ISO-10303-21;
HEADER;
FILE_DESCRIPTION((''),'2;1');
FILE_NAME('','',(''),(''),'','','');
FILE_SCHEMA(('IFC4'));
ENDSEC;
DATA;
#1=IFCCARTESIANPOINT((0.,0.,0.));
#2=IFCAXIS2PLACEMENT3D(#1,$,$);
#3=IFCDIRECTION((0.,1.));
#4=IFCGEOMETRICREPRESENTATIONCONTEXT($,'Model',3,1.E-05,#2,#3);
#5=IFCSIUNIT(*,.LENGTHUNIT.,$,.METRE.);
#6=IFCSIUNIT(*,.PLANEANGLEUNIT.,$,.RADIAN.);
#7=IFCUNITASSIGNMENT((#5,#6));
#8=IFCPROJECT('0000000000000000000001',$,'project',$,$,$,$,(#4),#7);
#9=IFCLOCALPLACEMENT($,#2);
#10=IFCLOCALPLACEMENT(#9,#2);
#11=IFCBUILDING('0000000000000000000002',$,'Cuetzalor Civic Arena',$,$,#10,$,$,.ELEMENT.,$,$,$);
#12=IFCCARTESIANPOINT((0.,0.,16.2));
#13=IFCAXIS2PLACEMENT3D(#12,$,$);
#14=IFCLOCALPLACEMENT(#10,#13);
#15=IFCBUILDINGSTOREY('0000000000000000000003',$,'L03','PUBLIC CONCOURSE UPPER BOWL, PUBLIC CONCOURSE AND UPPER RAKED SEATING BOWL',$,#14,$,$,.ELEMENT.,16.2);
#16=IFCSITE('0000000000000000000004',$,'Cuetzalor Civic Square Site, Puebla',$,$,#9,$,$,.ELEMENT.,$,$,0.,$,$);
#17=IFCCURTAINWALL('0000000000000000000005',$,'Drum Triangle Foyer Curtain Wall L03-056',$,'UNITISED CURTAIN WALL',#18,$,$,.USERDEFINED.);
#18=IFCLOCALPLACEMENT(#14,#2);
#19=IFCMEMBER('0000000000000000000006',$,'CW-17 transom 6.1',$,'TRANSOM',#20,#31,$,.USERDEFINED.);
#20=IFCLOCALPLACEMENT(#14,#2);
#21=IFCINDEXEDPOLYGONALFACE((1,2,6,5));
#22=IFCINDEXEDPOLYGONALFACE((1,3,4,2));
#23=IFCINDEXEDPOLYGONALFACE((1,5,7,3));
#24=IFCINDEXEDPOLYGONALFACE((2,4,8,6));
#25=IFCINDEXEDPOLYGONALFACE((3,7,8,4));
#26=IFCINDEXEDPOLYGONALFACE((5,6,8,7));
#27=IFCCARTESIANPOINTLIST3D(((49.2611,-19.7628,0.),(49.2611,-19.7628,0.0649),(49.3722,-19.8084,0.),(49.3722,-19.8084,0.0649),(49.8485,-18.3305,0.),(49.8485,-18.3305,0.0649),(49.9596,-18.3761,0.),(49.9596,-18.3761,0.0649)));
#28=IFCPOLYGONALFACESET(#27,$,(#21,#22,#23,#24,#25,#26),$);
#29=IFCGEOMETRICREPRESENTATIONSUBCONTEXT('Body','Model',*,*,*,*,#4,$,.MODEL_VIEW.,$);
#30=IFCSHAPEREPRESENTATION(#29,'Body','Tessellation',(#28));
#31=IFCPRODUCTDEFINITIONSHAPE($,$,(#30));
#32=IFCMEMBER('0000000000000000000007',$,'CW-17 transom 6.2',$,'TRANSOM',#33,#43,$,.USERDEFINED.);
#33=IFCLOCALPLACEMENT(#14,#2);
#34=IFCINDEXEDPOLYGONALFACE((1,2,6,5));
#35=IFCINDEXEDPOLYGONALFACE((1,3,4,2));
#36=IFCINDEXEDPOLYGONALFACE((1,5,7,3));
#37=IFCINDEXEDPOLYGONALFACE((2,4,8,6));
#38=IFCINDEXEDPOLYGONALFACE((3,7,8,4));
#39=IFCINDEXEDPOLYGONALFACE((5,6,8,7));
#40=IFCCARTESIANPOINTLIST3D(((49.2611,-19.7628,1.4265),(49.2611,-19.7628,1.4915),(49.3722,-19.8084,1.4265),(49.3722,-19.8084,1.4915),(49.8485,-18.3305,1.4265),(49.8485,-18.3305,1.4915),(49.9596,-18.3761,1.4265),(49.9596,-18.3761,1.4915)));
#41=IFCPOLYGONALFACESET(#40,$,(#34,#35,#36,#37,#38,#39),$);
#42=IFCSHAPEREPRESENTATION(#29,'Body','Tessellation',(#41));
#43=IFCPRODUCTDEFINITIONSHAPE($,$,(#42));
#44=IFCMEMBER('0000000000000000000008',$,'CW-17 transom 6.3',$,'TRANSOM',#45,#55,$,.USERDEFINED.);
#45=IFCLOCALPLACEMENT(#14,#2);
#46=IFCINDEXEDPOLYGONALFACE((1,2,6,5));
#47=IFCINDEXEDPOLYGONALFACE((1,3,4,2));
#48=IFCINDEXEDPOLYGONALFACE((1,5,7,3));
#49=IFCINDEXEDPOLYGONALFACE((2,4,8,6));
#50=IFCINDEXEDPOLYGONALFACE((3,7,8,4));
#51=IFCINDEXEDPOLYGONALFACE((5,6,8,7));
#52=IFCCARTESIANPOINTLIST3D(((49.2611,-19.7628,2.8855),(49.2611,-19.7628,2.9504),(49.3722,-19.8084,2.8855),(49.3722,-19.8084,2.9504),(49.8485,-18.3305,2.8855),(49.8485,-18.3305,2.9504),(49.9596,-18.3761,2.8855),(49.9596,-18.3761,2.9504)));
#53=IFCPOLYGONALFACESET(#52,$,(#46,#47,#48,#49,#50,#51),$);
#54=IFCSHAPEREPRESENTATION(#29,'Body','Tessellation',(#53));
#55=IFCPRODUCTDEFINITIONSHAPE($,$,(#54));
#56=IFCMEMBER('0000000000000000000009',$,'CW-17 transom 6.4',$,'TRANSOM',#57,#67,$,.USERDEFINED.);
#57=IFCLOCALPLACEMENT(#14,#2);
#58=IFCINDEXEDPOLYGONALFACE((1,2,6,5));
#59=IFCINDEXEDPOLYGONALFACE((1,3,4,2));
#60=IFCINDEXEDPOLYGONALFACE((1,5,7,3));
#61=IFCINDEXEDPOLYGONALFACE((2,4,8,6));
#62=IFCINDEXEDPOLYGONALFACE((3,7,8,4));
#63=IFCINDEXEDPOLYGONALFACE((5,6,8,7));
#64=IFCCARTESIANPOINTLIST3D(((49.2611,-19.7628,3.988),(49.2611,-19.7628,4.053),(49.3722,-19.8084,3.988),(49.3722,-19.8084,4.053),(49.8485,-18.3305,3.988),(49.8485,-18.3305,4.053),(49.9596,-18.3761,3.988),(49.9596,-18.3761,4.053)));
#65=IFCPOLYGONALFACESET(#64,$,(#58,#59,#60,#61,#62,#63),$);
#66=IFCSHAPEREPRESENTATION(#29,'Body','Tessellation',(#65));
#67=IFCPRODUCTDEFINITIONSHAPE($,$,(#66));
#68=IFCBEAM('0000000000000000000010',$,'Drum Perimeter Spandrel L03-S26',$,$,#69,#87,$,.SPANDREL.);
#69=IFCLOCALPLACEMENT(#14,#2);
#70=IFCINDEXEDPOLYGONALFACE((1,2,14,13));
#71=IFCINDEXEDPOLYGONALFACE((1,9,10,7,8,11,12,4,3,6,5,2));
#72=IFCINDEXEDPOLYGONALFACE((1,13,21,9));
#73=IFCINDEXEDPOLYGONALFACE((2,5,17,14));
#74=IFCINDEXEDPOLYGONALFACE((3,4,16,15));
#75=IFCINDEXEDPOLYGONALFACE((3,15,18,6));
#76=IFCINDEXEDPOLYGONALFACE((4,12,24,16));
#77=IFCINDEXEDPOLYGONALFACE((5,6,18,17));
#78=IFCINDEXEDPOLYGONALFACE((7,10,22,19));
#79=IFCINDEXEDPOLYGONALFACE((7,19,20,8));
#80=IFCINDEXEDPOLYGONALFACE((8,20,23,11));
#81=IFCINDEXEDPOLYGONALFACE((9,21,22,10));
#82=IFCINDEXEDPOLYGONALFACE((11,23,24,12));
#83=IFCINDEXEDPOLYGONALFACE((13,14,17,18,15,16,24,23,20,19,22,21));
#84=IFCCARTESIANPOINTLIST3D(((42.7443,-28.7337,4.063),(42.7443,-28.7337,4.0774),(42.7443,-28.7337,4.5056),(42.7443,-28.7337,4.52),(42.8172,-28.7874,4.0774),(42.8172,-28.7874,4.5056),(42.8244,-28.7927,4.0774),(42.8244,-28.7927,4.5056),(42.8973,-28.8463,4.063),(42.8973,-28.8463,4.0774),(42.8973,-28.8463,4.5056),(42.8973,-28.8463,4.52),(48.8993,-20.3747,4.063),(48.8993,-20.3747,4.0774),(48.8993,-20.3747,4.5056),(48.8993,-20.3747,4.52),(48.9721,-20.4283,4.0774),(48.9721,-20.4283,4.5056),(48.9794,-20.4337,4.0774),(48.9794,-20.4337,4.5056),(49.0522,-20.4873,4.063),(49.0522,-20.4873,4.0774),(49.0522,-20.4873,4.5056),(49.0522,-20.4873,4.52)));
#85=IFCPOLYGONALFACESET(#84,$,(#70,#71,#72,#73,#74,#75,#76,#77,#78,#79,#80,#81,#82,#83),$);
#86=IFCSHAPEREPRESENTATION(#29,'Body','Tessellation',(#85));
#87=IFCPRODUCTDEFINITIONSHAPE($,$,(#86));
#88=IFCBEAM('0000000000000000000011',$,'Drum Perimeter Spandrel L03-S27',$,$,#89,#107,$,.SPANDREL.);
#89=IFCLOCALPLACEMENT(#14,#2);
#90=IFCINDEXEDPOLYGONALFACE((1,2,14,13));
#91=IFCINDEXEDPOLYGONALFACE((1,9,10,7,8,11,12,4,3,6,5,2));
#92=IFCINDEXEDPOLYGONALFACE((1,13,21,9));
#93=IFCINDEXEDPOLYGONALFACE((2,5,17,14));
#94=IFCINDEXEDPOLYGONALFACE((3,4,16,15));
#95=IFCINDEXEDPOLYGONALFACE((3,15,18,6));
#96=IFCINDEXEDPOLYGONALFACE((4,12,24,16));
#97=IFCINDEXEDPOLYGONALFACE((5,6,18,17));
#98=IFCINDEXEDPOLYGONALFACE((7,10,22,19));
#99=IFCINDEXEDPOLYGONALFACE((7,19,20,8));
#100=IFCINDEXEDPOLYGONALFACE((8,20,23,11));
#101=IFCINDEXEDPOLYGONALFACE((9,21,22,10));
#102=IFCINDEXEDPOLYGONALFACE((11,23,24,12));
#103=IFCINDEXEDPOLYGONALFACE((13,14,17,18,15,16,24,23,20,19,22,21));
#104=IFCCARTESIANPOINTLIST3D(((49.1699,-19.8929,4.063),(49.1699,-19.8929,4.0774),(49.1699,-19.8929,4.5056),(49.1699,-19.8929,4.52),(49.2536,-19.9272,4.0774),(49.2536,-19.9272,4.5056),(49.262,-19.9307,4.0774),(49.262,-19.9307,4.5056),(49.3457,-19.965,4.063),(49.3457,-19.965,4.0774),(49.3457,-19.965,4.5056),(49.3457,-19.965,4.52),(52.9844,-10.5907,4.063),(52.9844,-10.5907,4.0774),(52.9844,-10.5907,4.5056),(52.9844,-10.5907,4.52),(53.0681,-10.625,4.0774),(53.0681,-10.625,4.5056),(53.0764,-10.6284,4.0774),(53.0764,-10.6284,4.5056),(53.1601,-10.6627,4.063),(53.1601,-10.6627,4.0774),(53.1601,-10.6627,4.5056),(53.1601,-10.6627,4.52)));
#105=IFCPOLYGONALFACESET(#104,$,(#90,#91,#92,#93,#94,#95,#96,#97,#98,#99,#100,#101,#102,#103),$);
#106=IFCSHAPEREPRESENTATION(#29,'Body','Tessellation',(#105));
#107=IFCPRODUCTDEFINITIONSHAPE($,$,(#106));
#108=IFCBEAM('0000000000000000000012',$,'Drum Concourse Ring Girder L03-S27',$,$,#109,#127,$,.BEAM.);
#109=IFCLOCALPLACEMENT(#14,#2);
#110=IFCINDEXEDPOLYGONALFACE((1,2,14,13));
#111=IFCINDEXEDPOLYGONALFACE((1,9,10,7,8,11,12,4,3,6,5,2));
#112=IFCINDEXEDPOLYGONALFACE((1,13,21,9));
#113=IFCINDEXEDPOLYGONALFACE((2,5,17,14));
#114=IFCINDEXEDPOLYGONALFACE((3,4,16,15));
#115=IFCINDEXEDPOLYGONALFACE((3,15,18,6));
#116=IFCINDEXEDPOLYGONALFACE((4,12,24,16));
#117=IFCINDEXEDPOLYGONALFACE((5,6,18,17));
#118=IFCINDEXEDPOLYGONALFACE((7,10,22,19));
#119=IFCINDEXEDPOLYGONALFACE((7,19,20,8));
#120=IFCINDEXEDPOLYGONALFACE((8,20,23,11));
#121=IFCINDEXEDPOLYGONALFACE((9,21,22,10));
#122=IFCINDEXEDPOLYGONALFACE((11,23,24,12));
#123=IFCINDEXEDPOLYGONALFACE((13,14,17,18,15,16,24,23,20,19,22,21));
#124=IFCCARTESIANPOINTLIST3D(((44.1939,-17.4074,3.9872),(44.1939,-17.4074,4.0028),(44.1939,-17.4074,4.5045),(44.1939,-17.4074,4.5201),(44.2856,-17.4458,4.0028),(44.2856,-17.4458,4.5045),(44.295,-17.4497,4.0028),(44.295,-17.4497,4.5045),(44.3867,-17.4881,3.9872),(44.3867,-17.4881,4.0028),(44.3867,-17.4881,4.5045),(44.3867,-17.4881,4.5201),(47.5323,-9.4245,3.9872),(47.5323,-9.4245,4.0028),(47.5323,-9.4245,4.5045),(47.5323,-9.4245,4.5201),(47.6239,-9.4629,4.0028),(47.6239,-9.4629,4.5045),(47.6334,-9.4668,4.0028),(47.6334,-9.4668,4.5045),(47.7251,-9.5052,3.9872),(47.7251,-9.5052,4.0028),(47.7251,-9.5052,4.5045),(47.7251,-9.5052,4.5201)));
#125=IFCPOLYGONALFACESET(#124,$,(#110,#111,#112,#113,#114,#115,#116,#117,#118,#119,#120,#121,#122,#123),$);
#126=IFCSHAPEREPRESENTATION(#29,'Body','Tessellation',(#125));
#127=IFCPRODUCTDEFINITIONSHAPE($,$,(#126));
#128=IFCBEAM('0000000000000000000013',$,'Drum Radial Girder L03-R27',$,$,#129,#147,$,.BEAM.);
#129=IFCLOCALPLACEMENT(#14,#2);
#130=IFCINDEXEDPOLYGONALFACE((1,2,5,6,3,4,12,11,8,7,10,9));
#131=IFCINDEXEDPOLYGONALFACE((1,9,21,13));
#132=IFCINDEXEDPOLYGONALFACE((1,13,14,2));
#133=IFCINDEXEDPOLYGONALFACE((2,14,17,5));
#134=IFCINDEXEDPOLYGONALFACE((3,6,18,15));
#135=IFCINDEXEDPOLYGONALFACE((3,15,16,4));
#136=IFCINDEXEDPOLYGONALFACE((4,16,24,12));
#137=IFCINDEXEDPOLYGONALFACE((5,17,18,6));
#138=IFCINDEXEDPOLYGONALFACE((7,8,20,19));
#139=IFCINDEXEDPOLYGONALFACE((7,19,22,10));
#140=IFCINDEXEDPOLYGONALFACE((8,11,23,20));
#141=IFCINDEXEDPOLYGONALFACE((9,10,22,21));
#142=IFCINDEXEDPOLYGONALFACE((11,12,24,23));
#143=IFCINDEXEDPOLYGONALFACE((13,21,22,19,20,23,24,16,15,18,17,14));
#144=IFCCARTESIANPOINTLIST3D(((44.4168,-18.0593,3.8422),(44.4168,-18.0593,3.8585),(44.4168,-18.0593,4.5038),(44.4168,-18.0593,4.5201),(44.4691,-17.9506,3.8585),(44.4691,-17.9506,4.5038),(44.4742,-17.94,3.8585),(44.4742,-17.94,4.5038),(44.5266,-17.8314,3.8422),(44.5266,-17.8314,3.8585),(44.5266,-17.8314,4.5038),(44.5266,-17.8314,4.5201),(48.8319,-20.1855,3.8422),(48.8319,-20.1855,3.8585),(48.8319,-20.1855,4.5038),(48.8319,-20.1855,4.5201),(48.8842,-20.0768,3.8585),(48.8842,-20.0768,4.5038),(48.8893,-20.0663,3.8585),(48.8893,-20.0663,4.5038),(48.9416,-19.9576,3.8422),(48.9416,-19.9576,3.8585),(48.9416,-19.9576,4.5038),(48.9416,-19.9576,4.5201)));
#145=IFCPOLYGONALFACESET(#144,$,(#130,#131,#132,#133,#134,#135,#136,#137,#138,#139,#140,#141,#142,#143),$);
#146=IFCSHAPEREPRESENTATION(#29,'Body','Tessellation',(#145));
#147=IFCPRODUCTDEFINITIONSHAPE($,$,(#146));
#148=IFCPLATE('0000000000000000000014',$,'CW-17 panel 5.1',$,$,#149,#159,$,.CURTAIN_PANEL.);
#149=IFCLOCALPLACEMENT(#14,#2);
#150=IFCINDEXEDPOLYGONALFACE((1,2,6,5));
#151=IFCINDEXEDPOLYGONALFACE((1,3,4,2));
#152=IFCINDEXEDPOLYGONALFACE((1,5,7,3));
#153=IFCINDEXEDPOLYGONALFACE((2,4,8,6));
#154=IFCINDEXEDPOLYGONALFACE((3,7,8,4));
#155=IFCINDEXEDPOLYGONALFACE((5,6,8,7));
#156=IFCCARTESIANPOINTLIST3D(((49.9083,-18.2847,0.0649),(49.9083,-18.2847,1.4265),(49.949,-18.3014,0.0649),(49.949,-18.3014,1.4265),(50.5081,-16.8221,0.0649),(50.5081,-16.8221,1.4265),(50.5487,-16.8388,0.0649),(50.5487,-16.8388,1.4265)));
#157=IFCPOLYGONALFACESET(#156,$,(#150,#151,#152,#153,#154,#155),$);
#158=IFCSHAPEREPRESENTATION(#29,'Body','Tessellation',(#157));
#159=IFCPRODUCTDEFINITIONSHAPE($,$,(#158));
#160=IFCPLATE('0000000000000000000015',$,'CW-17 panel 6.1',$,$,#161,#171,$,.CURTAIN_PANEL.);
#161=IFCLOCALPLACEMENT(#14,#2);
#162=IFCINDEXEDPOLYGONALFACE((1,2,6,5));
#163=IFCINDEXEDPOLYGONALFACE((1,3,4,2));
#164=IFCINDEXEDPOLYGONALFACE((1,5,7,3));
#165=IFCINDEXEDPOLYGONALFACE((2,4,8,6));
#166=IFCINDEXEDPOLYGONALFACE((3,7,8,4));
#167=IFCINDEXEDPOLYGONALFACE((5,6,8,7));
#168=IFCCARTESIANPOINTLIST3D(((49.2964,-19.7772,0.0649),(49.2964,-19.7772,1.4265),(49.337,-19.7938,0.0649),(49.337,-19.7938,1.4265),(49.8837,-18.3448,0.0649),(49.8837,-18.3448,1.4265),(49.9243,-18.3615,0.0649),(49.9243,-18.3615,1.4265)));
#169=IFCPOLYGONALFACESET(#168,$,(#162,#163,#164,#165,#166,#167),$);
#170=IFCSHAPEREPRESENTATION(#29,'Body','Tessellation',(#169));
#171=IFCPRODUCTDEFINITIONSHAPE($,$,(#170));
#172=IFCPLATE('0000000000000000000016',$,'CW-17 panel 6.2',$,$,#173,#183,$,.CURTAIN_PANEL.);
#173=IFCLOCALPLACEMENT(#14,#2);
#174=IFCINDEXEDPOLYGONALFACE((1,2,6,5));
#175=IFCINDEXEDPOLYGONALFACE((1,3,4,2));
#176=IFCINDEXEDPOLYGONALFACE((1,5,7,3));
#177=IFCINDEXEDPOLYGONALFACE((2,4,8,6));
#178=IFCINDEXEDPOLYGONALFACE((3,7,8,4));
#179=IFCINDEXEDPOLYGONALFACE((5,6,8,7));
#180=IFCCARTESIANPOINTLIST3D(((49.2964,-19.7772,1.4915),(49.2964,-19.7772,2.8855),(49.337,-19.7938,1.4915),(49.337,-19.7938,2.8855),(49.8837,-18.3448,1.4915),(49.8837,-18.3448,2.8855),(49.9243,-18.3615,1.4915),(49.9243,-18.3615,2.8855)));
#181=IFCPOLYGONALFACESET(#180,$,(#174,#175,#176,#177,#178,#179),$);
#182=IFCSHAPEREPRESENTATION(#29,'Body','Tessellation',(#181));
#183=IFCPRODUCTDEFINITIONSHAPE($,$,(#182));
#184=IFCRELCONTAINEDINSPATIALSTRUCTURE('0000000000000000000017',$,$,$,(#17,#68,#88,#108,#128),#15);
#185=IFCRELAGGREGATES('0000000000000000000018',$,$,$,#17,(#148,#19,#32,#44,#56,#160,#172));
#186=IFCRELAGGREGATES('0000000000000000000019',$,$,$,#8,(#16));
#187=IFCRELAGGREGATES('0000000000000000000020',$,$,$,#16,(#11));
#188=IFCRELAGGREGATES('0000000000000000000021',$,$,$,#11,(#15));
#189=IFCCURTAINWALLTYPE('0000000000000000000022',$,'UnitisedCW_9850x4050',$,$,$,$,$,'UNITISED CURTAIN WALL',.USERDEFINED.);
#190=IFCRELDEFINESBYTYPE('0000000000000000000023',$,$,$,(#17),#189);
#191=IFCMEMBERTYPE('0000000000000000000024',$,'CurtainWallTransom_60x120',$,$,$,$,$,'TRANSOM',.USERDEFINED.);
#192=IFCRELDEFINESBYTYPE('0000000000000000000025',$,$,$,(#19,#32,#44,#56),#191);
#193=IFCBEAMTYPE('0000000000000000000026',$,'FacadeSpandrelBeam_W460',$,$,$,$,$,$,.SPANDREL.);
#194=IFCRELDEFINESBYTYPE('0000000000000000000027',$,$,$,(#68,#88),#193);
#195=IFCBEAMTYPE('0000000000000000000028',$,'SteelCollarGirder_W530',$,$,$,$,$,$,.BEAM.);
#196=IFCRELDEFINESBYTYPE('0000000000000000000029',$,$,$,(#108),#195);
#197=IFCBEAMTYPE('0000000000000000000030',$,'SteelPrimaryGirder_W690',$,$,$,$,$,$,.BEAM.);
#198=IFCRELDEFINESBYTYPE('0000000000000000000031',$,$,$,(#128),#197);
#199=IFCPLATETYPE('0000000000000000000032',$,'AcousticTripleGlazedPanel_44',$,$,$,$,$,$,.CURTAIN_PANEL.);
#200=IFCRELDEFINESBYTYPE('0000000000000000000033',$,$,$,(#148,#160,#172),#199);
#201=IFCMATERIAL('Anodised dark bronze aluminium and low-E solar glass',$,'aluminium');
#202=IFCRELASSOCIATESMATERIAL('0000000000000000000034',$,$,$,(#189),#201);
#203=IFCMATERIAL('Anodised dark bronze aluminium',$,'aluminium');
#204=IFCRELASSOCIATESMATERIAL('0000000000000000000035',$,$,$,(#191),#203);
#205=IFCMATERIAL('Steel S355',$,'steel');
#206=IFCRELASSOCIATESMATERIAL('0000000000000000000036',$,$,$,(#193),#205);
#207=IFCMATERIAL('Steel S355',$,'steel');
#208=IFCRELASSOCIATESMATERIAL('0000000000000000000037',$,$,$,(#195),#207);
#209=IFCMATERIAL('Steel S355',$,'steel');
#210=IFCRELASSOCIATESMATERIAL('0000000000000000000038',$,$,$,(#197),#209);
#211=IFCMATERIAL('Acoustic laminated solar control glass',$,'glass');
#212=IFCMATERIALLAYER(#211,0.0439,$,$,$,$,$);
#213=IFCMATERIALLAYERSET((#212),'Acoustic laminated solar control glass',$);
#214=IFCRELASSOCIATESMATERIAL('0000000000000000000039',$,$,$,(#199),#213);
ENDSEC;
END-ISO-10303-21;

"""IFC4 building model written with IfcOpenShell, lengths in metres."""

from ifc_helpers import new_model, si_unit, direction, frame, origin, origin_2d, place, context, subcontext, project, spatial, rectangle, i_section, extrude, material, layer, layer_set, material_profile, profile_set, type_object, element, aggregate, save


model = new_model("IFC4")

# Units and contexts
model_context = context("Model", 3, precision=1e-05, world=origin(), true_north=direction((0.0, 1.0)))
body_context = subcontext(model_context, "Body", "Model", "MODEL_VIEW")
ifc_project = project(units=[si_unit("LENGTHUNIT", "METRE"), si_unit("PLANEANGLEUNIT", "RADIAN")], contexts=[model_context])

# Site, building, storey
site_placement = place(None, origin())
site = spatial("IfcSite", under=ifc_project, at=site_placement, Name="Cuetzalor Civic Square Site, Puebla", CompositionType="ELEMENT", RefElevation=0.0)
building_placement = place(site_placement, origin())
building = spatial("IfcBuilding", under=site, at=building_placement, Name="Cuetzalor Civic Arena", CompositionType="ELEMENT")
storey_placement = place(building_placement, frame((0.0, 0.0, 16.2)))
storey = spatial("IfcBuildingStorey", under=building, at=storey_placement, Name="L03", Description="PUBLIC CONCOURSE UPPER BOWL, PUBLIC CONCOURSE AND UPPER RAKED SEATING BOWL", CompositionType="ELEMENT", Elevation=16.2)

# Curtain wall, members
ifc_material_1 = material(Name="Anodised dark bronze aluminium and low-E solar glass", Category="aluminium")
curtain_wall_type_1 = type_object("IfcCurtainWallType", Name="UnitisedCW_9850x4050", ElementType="UNITISED CURTAIN WALL", PredefinedType="USERDEFINED", material=ifc_material_1)
curtain_wall_1_placement = place(storey_placement, origin())
curtain_wall_1 = element("IfcCurtainWall", 1, at=curtain_wall_1_placement, inside=storey, type_object=curtain_wall_type_1, Name="Drum Triangle Foyer Curtain Wall L03-056", ObjectType="UNITISED CURTAIN WALL", PredefinedType="USERDEFINED")
ifc_material_2 = material(Name="Anodised dark bronze aluminium", Category="aluminium")
ifc_material_profile_1 = material_profile(ifc_material_2, rectangle(XDim=0.1201, YDim=0.0649, at=origin_2d()), Name="ALU TRANSOM 65x120")
ifc_profile_set_1 = profile_set([ifc_material_profile_1], Name="Anodised dark bronze aluminium")
member_type_1 = type_object("IfcMemberType", Name="CurtainWallTransom_60x120", ElementType="TRANSOM", PredefinedType="USERDEFINED", material=ifc_profile_set_1)
member_1_placement = place(storey_placement, frame((49.9041, -18.3533, 0.0325), z_axis=(-0.379425, -0.925223, 0.0), x_axis=(0.925223, -0.379425, 0.0)))
member_1 = element("IfcMember", 2, at=member_1_placement, type_object=member_type_1, Name="CW-17 transom 6.1", ObjectType="TRANSOM", PredefinedType="USERDEFINED", context=body_context, shape_type="SweptSolid", body=[
    extrude(rectangle(XDim=0.1201, YDim=0.0649, at=origin_2d()), origin(), (0.0, 0.0, 1.0), 1.5481),
])
member_2_placement = place(storey_placement, frame((49.9041, -18.3533, 1.459), z_axis=(-0.379425, -0.925223, 0.0), x_axis=(0.925223, -0.379425, 0.0)))
member_2 = element("IfcMember", 3, at=member_2_placement, type_object=member_type_1, Name="CW-17 transom 6.2", ObjectType="TRANSOM", PredefinedType="USERDEFINED", context=body_context, shape_type="SweptSolid", body=[
    extrude(rectangle(XDim=0.1201, YDim=0.0649, at=origin_2d()), origin(), (0.0, 0.0, 1.0), 1.5481),
])
member_3_placement = place(storey_placement, frame((49.9041, -18.3533, 2.918), z_axis=(-0.379425, -0.925223, 0.0), x_axis=(0.925223, -0.379425, 0.0)))
member_3 = element("IfcMember", 4, at=member_3_placement, type_object=member_type_1, Name="CW-17 transom 6.3", ObjectType="TRANSOM", PredefinedType="USERDEFINED", context=body_context, shape_type="SweptSolid", body=[
    extrude(rectangle(XDim=0.1201, YDim=0.0649, at=origin_2d()), origin(), (0.0, 0.0, 1.0), 1.5481),
])
member_4_placement = place(storey_placement, frame((49.9041, -18.3533, 4.0205), z_axis=(-0.379425, -0.925223, 0.0), x_axis=(0.925223, -0.379425, 0.0)))
member_4 = element("IfcMember", 5, at=member_4_placement, type_object=member_type_1, Name="CW-17 transom 6.4", ObjectType="TRANSOM", PredefinedType="USERDEFINED", context=body_context, shape_type="SweptSolid", body=[
    extrude(rectangle(XDim=0.1201, YDim=0.0649, at=origin_2d()), origin(), (0.0, 0.0, 1.0), 1.5481),
])

# Beams
ifc_material_3 = material(Name="Steel S355", Category="steel")
ifc_material_profile_2 = material_profile(ifc_material_3, i_section(OverallWidth=0.1899, OverallDepth=0.457, WebThickness=0.009, FlangeThickness=0.0144, at=origin_2d()), Name="W460x74")
ifc_profile_set_2 = profile_set([ifc_material_profile_2], Name="Steel S355")
beam_type_1 = type_object("IfcBeamType", Name="FacadeSpandrelBeam_W460", PredefinedType="SPANDREL", material=ifc_profile_set_2)
beam_1_placement = place(storey_placement, frame((42.8208, -28.79, 4.2915), z_axis=(0.592929, 0.805255, 0.0), x_axis=(-0.805255, 0.592929, 0.0)))
element("IfcBeam", 6, at=beam_1_placement, inside=storey, type_object=beam_type_1, Name="Drum Perimeter Spandrel L03-S26", PredefinedType="SPANDREL", context=body_context, shape_type="SweptSolid", body=[
    extrude(i_section(OverallWidth=0.1899, OverallDepth=0.457, WebThickness=0.009, FlangeThickness=0.0144, at=origin_2d()), origin(), (0.0, 0.0, 1.0), 10.3806),
])
beam_2_placement = place(storey_placement, frame((49.2578, -19.929, 4.2915), z_axis=(0.379399, 0.925233, 0.0), x_axis=(-0.925233, 0.379399, 0.0)))
element("IfcBeam", 7, at=beam_2_placement, inside=storey, type_object=beam_type_1, Name="Drum Perimeter Spandrel L03-S27", PredefinedType="SPANDREL", context=body_context, shape_type="SweptSolid", body=[
    extrude(i_section(OverallWidth=0.1899, OverallDepth=0.457, WebThickness=0.009, FlangeThickness=0.0144, at=origin_2d()), origin(), (0.0, 0.0, 1.0), 10.054),
])
ifc_material_4 = material(Name="Steel S355", Category="steel")
ifc_material_profile_3 = material_profile(ifc_material_4, i_section(OverallWidth=0.209, OverallDepth=0.533, WebThickness=0.0103, FlangeThickness=0.0156, at=origin_2d()), Name="W530x92")
ifc_profile_set_3 = profile_set([ifc_material_profile_3], Name="Steel S355")
beam_type_2 = type_object("IfcBeamType", Name="SteelCollarGirder_W530", PredefinedType="BEAM", material=ifc_profile_set_3)
beam_3_placement = place(storey_placement, frame((44.2903, -17.4478, 4.2537), z_axis=(0.385813, 0.922577, 0.0), x_axis=(-0.922577, 0.385813, 0.0)))
element("IfcBeam", 8, at=beam_3_placement, inside=storey, type_object=beam_type_2, Name="Drum Concourse Ring Girder L03-S27", PredefinedType="BEAM", context=body_context, shape_type="SweptSolid", body=[
    extrude(i_section(OverallWidth=0.209, OverallDepth=0.533, WebThickness=0.0103, FlangeThickness=0.0156, at=origin_2d()), origin(), (0.0, 0.0, 1.0), 8.6528),
])
ifc_material_5 = material(Name="Steel S355", Category="steel")
ifc_material_profile_4 = material_profile(ifc_material_5, i_section(OverallWidth=0.2529, OverallDepth=0.678, WebThickness=0.0117, FlangeThickness=0.0164, at=origin_2d()), Name="W690x125")
ifc_profile_set_4 = profile_set([ifc_material_profile_4], Name="Steel S355")
beam_type_3 = type_object("IfcBeamType", Name="SteelPrimaryGirder_W690", PredefinedType="BEAM", material=ifc_profile_set_4)
beam_4_placement = place(storey_placement, frame((44.4717, -17.9453, 4.1812), z_axis=(0.900965, -0.433892, 0.0), x_axis=(0.433892, 0.900965, 0.0)))
element("IfcBeam", 9, at=beam_4_placement, inside=storey, type_object=beam_type_3, Name="Drum Radial Girder L03-R27", PredefinedType="BEAM", context=body_context, shape_type="SweptSolid", body=[
    extrude(i_section(OverallWidth=0.2529, OverallDepth=0.678, WebThickness=0.0117, FlangeThickness=0.0164, at=origin_2d()), origin(), (0.0, 0.0, 1.0), 4.9004),
])

# Plates
ifc_material_6 = material(Name="Acoustic laminated solar control glass", Category="glass")
ifc_layer_1 = layer(ifc_material_6, 0.0439)
ifc_layer_set_1 = layer_set([ifc_layer_1], Name="Acoustic laminated solar control glass")
plate_type = type_object("IfcPlateType", Name="AcousticTripleGlazedPanel_44", PredefinedType="CURTAIN_PANEL", material=ifc_layer_set_1)
plate_1_placement = place(storey_placement, frame((50.2285, -17.5618, 0.0649), z_axis=(0.0, 0.0, 1.0), x_axis=(-0.379391, -0.925236, 0.0)))
plate_1 = element("IfcPlate", 10, at=plate_1_placement, type_object=plate_type, Name="CW-17 panel 5.1", PredefinedType="CURTAIN_PANEL", context=body_context, shape_type="SweptSolid", body=[
    extrude(rectangle(XDim=1.5808, YDim=0.0439, at=origin_2d()), origin(), (0.0, 0.0, 1.0), 1.3616),
])
plate_2_placement = place(storey_placement, frame((49.6104, -19.0693, 0.0649), z_axis=(0.0, 0.0, 1.0), x_axis=(-0.379391, -0.925236, 0.0)))
plate_2 = element("IfcPlate", 11, at=plate_2_placement, type_object=plate_type, Name="CW-17 panel 6.1", PredefinedType="CURTAIN_PANEL", context=body_context, shape_type="SweptSolid", body=[
    extrude(rectangle(XDim=1.5481, YDim=0.0439, at=origin_2d()), origin(), (0.0, 0.0, 1.0), 1.3616),
])
plate_3_placement = place(storey_placement, frame((49.6104, -19.0693, 1.4915), z_axis=(0.0, 0.0, 1.0), x_axis=(-0.379391, -0.925236, 0.0)))
plate_3 = element("IfcPlate", 12, at=plate_3_placement, type_object=plate_type, Name="CW-17 panel 6.2", PredefinedType="CURTAIN_PANEL", context=body_context, shape_type="SweptSolid", body=[
    extrude(rectangle(XDim=1.5481, YDim=0.0439, at=origin_2d()), origin(), (0.0, 0.0, 1.0), 1.394),
])
aggregate(curtain_wall_1, [plate_1, member_1, member_2, member_3, member_4, plate_2, plate_3])

save(model, "model.ifc")
